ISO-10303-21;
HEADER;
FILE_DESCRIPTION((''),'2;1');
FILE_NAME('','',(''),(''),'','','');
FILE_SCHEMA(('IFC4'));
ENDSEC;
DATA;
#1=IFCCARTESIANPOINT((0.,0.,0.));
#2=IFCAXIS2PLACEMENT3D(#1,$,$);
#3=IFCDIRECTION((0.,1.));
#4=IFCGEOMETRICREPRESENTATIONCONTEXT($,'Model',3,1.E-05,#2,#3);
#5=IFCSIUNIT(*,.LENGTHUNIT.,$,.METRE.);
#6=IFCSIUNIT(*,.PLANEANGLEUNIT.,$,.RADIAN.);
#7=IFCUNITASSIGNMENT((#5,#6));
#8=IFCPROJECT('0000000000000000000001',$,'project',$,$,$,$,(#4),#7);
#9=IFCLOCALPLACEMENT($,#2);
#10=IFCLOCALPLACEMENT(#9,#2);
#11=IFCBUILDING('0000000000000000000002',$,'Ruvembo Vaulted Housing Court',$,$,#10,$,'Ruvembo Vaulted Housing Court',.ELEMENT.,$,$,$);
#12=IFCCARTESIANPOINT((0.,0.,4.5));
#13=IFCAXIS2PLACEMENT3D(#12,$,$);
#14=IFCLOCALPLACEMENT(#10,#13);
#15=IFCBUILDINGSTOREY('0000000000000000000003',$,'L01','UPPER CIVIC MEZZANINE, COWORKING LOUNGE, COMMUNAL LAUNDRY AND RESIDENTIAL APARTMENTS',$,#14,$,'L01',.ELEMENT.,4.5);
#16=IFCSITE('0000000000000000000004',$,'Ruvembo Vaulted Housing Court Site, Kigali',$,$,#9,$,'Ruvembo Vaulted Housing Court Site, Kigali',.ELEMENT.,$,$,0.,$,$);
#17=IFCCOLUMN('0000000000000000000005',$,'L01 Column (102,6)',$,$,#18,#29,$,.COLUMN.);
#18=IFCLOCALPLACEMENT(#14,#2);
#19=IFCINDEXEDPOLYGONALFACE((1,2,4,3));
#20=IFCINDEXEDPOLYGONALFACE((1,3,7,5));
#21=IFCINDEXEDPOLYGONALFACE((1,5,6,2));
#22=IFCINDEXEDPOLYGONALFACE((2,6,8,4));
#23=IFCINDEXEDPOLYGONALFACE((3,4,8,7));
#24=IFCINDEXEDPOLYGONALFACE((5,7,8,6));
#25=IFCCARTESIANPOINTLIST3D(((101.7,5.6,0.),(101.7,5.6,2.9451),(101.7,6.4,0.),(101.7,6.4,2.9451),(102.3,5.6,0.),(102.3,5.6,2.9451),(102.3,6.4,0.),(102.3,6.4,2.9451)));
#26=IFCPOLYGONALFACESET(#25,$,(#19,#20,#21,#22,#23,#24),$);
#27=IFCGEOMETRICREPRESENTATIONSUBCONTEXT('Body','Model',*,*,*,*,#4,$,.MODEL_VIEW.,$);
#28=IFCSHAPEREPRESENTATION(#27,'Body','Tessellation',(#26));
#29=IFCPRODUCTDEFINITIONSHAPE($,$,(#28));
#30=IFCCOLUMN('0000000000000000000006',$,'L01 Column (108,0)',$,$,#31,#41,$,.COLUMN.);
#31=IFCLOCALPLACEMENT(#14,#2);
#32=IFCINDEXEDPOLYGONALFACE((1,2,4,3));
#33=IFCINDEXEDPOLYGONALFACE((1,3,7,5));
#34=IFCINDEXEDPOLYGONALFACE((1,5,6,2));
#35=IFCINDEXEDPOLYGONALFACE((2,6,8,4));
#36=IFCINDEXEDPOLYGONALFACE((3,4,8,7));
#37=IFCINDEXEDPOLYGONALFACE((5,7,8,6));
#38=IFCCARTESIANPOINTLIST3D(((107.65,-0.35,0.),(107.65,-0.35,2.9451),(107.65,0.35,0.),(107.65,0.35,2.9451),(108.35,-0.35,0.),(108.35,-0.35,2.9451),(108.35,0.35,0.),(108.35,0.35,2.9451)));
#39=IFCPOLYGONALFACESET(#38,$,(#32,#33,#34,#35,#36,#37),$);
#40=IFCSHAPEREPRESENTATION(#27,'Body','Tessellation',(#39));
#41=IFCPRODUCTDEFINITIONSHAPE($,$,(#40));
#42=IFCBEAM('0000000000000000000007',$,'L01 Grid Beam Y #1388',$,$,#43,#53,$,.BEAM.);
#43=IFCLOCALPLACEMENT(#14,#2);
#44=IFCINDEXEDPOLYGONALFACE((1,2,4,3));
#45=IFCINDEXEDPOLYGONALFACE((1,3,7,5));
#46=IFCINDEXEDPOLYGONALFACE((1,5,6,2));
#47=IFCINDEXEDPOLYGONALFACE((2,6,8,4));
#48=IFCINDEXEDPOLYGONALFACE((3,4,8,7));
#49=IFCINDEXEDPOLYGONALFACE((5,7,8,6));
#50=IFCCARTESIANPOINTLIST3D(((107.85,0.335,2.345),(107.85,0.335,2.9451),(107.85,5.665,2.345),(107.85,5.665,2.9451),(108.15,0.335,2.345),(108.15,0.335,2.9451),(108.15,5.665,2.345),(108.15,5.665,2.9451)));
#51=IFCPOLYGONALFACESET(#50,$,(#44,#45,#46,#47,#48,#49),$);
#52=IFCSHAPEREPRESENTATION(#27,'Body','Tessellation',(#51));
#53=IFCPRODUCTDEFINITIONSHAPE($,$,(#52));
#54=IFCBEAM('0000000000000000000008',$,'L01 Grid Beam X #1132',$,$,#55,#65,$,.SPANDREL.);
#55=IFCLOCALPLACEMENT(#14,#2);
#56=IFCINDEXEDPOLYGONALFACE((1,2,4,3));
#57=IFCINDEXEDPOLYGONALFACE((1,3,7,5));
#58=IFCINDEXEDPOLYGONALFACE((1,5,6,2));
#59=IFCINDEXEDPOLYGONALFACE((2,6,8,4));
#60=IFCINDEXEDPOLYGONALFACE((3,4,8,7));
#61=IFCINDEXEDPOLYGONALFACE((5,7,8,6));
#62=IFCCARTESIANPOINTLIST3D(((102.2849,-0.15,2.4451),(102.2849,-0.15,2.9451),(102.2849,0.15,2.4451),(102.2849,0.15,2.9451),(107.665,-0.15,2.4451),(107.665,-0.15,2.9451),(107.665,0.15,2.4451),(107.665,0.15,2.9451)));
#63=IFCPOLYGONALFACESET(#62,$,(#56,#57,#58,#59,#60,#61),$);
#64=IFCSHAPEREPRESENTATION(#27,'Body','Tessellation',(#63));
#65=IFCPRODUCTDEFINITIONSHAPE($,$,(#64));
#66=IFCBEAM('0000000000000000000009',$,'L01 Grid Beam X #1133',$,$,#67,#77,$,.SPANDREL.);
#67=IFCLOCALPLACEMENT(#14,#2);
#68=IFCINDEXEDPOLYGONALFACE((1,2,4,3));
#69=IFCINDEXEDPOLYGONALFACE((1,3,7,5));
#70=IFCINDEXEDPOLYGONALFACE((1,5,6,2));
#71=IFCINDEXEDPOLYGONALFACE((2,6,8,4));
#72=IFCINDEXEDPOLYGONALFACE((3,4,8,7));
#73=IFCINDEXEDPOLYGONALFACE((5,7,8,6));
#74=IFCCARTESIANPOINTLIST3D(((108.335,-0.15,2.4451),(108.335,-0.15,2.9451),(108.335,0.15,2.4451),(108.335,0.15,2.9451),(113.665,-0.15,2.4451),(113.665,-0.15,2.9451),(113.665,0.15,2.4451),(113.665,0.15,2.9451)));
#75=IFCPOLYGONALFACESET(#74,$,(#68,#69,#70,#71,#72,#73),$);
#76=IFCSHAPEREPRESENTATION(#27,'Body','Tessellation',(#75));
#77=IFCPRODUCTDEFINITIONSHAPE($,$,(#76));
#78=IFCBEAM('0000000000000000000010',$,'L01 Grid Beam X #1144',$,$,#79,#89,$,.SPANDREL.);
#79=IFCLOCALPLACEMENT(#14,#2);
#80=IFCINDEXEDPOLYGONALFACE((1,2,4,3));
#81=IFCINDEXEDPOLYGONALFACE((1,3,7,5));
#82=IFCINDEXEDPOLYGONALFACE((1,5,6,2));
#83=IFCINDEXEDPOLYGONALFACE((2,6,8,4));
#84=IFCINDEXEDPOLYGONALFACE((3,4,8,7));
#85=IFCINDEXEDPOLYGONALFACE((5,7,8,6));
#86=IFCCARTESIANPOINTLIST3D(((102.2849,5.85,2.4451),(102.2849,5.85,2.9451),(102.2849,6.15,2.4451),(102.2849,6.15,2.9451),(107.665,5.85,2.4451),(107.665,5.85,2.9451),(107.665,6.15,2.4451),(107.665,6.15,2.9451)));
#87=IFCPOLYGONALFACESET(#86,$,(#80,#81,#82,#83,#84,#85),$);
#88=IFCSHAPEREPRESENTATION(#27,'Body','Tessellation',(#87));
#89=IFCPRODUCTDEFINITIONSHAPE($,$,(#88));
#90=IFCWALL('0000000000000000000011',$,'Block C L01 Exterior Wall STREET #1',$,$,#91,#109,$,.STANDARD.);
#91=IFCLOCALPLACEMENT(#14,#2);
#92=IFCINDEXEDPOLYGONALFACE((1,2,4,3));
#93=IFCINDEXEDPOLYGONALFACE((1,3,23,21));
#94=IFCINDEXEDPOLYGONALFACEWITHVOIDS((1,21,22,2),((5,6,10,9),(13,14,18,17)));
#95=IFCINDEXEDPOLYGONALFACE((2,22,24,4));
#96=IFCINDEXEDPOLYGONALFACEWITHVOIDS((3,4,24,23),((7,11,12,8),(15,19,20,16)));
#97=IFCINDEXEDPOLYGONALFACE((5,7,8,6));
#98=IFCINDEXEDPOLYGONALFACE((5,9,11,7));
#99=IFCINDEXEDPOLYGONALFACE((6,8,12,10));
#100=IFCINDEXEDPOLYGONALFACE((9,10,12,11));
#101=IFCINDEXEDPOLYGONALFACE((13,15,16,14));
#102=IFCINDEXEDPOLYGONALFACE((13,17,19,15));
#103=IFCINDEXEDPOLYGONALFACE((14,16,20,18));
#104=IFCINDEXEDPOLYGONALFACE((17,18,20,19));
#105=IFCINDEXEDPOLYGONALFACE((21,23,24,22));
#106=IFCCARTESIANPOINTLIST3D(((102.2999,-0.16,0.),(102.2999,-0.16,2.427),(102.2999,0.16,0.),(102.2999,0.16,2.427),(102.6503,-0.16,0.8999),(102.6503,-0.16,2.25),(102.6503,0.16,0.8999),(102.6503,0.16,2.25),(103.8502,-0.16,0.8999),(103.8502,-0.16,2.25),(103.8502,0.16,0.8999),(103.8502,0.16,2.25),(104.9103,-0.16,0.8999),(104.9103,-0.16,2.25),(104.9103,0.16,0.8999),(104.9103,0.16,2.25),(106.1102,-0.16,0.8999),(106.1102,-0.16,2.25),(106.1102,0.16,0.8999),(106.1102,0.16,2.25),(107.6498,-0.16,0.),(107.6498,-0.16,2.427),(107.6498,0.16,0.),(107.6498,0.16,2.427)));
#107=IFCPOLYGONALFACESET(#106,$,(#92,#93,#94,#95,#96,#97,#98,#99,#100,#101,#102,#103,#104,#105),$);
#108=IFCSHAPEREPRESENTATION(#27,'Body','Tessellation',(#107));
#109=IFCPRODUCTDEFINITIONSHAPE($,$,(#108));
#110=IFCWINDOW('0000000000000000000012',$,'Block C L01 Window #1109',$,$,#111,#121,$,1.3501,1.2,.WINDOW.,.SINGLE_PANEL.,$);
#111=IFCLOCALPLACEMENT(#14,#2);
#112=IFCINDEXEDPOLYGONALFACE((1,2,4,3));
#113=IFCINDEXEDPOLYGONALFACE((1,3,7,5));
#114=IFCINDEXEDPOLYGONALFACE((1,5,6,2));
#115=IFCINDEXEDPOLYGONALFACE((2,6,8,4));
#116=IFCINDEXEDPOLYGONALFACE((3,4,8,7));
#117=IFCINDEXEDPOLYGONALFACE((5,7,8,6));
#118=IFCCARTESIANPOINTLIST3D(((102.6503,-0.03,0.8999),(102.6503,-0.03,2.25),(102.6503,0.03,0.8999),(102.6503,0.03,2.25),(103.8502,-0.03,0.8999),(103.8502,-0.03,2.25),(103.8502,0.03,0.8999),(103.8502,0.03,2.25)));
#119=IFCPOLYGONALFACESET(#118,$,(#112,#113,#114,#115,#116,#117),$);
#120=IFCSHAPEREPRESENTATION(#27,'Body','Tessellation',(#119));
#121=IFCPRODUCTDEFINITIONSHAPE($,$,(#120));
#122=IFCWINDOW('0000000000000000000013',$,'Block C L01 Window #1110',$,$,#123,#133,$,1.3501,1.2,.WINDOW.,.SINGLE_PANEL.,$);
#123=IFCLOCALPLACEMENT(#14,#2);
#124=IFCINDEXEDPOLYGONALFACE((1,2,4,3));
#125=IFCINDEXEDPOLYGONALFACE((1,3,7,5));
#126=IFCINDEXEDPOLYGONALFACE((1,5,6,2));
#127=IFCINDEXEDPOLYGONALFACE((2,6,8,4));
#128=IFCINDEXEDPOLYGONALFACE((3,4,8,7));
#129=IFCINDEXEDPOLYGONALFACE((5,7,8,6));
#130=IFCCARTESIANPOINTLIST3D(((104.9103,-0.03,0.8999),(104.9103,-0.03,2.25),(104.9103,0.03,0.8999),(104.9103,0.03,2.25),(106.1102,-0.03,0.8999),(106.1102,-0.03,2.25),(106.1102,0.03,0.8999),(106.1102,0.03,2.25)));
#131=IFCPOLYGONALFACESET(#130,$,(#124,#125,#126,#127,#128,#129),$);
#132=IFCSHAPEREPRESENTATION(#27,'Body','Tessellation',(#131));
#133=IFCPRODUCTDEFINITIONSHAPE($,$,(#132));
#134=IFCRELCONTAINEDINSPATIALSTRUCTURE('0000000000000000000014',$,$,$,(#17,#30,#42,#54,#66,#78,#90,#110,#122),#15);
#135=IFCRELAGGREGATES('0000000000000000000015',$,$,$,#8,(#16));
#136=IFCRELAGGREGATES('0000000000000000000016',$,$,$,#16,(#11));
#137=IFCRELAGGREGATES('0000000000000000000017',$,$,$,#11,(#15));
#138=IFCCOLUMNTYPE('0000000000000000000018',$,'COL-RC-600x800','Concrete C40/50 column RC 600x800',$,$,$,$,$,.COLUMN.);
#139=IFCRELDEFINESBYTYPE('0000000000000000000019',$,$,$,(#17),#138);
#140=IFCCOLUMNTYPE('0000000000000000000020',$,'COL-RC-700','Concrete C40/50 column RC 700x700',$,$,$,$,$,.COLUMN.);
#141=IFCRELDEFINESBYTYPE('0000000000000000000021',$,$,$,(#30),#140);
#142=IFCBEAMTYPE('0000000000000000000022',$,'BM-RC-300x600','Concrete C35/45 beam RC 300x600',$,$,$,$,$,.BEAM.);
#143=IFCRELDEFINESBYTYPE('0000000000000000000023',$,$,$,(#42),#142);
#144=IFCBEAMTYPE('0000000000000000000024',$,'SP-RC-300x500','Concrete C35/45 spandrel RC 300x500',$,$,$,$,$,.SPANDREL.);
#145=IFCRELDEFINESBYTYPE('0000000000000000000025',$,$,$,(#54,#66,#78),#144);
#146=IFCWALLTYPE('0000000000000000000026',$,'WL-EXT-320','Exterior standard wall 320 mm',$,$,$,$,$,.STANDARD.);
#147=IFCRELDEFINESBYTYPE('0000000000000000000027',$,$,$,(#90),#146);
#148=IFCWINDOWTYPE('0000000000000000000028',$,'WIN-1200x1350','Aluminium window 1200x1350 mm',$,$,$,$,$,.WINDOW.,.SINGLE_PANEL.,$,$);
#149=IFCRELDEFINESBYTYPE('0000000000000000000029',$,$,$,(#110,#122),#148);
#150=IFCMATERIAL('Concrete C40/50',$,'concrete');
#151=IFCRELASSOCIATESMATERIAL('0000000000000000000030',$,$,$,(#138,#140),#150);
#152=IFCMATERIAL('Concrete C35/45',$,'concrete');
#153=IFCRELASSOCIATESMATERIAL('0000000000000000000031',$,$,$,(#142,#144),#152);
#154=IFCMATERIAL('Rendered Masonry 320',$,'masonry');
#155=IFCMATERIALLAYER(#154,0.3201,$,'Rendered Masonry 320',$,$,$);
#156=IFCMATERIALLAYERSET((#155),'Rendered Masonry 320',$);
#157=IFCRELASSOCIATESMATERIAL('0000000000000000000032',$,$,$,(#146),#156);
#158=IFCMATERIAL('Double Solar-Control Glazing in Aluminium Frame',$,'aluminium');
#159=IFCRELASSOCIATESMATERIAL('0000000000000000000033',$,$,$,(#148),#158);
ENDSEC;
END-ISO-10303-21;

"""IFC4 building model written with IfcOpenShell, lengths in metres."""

from ifc_helpers import new_model, si_unit, direction, frame, frame_2d, origin, origin_2d, place, context, subcontext, project, spatial, rectangle, extrude, material, layer, layer_set, material_profile, profile_set, type_object, element, fill, save


model = new_model("IFC4")

# Units and contexts
model_context = context("Model", 3, precision=1e-05, world=origin(), true_north=direction((0.0, 1.0)))
body_context = subcontext(model_context, "Body", "Model", "MODEL_VIEW")
ifc_project = project(units=[si_unit("LENGTHUNIT", "METRE"), si_unit("PLANEANGLEUNIT", "RADIAN")], contexts=[model_context])

# Site, building, storey
site_placement = place(None, origin())
site = spatial("IfcSite", under=ifc_project, at=site_placement, Name="Ruvembo Vaulted Housing Court Site, Kigali", LongName="Ruvembo Vaulted Housing Court Site, Kigali", CompositionType="ELEMENT", RefElevation=0.0)
building_placement = place(site_placement, origin())
building = spatial("IfcBuilding", under=site, at=building_placement, Name="Ruvembo Vaulted Housing Court", LongName="Ruvembo Vaulted Housing Court", CompositionType="ELEMENT")
storey_placement = place(building_placement, frame((0.0, 0.0, 4.5)))
storey = spatial("IfcBuildingStorey", under=building, at=storey_placement, Name="L01", Description="UPPER CIVIC MEZZANINE, COWORKING LOUNGE, COMMUNAL LAUNDRY AND RESIDENTIAL APARTMENTS", LongName="L01", CompositionType="ELEMENT", Elevation=4.5)

# Columns
ifc_material_1 = material(Name="Concrete C40/50", Category="concrete")
ifc_material_profile_1 = material_profile(ifc_material_1, rectangle(XDim=0.6001, YDim=0.8, at=origin_2d()), Name="RC 600x800")
ifc_profile_set_1 = profile_set([ifc_material_profile_1], Name="Concrete C40/50")
column_type_1 = type_object("IfcColumnType", Name="COL-RC-600x800", Description="Concrete C40/50 column RC 600x800", PredefinedType="COLUMN", material=ifc_profile_set_1)
column_1_placement = place(storey_placement, frame((102.0, 6.0, 0.0), z_axis=(0.0, 0.0, 1.0), x_axis=(1.0, 0.0, 0.0)))
element("IfcColumn", 1, at=column_1_placement, inside=storey, type_object=column_type_1, Name="L01 Column (102,6)", PredefinedType="COLUMN", context=body_context, shape_type="SweptSolid", body=[
    extrude(rectangle(XDim=0.6001, YDim=0.8, at=origin_2d()), origin(), (0.0, 0.0, 1.0), 2.9451),
])
ifc_material_profile_2 = material_profile(ifc_material_1, rectangle(XDim=0.7, YDim=0.7, at=origin_2d()), Name="RC 700x700")
ifc_profile_set_2 = profile_set([ifc_material_profile_2], Name="Concrete C40/50")
column_type_2 = type_object("IfcColumnType", Name="COL-RC-700", Description="Concrete C40/50 column RC 700x700", PredefinedType="COLUMN", material=ifc_profile_set_2)
column_2_placement = place(storey_placement, frame((108.0, 0.0, 0.0), z_axis=(0.0, 0.0, 1.0), x_axis=(1.0, 0.0, 0.0)))
element("IfcColumn", 2, at=column_2_placement, inside=storey, type_object=column_type_2, Name="L01 Column (108,0)", PredefinedType="COLUMN", context=body_context, shape_type="SweptSolid", body=[
    extrude(rectangle(XDim=0.7, YDim=0.7, at=origin_2d()), origin(), (0.0, 0.0, 1.0), 2.9451),
])

# Beams
ifc_material_2 = material(Name="Concrete C35/45", Category="concrete")
ifc_material_profile_3 = material_profile(ifc_material_2, rectangle(XDim=0.3, YDim=0.6001, at=origin_2d()), Name="RC 300x600")
ifc_profile_set_3 = profile_set([ifc_material_profile_3], Name="Concrete C35/45")
beam_type_1 = type_object("IfcBeamType", Name="BM-RC-300x600", Description="Concrete C35/45 beam RC 300x600", PredefinedType="BEAM", material=ifc_profile_set_3)
beam_1_placement = place(storey_placement, frame((108.0, 0.335, 2.645), z_axis=(0.0, 1.0, 0.0), x_axis=(-1.0, 0.0, 0.0)))
element("IfcBeam", 3, at=beam_1_placement, inside=storey, type_object=beam_type_1, Name="L01 Grid Beam Y #1388", PredefinedType="BEAM", context=body_context, shape_type="SweptSolid", body=[
    extrude(rectangle(XDim=0.3, YDim=0.6001, at=origin_2d()), origin(), (0.0, 0.0, 1.0), 5.3301),
])
ifc_material_profile_4 = material_profile(ifc_material_2, rectangle(XDim=0.3, YDim=0.5, at=origin_2d()), Name="RC 300x500")
ifc_profile_set_4 = profile_set([ifc_material_profile_4], Name="Concrete C35/45")
beam_type_2 = type_object("IfcBeamType", Name="SP-RC-300x500", Description="Concrete C35/45 spandrel RC 300x500", PredefinedType="SPANDREL", material=ifc_profile_set_4)
beam_2_placement = place(storey_placement, frame((102.2849, 0.0, 2.6951), z_axis=(1.0, 0.0, 0.0), x_axis=(0.0, 1.0, 0.0)))
element("IfcBeam", 4, at=beam_2_placement, inside=storey, type_object=beam_type_2, Name="L01 Grid Beam X #1132", PredefinedType="SPANDREL", context=body_context, shape_type="SweptSolid", body=[
    extrude(rectangle(XDim=0.3, YDim=0.5, at=origin_2d()), origin(), (0.0, 0.0, 1.0), 5.3801),
])
beam_3_placement = place(storey_placement, frame((108.335, 0.0, 2.6951), z_axis=(1.0, 0.0, 0.0), x_axis=(0.0, 1.0, 0.0)))
element("IfcBeam", 5, at=beam_3_placement, inside=storey, type_object=beam_type_2, Name="L01 Grid Beam X #1133", PredefinedType="SPANDREL", context=body_context, shape_type="SweptSolid", body=[
    extrude(rectangle(XDim=0.3, YDim=0.5, at=origin_2d()), origin(), (0.0, 0.0, 1.0), 5.3301),
])
beam_4_placement = place(storey_placement, frame((102.2849, 6.0, 2.6951), z_axis=(1.0, 0.0, 0.0), x_axis=(0.0, 1.0, 0.0)))
element("IfcBeam", 6, at=beam_4_placement, inside=storey, type_object=beam_type_2, Name="L01 Grid Beam X #1144", PredefinedType="SPANDREL", context=body_context, shape_type="SweptSolid", body=[
    extrude(rectangle(XDim=0.3, YDim=0.5, at=origin_2d()), origin(), (0.0, 0.0, 1.0), 5.3801),
])

# Wall, openings, windows
ifc_material_3 = material(Name="Rendered Masonry 320", Category="masonry")
ifc_layer_1 = layer(ifc_material_3, 0.3201, Name="Rendered Masonry 320")
ifc_layer_set_1 = layer_set([ifc_layer_1], Name="Rendered Masonry 320")
wall_type_1 = type_object("IfcWallType", Name="WL-EXT-320", Description="Exterior standard wall 320 mm", PredefinedType="STANDARD", material=ifc_layer_set_1)
wall_1_placement = place(storey_placement, frame((102.3, 0.0, 0.0), z_axis=(0.0, 0.0, 1.0), x_axis=(1.0, 0.0, 0.0)))
wall_1 = element("IfcWall", 7, at=wall_1_placement, inside=storey, type_object=wall_type_1, Name="Block C L01 Exterior Wall STREET #1", PredefinedType="STANDARD", context=body_context, shape_type="SweptSolid", body=[
    extrude(rectangle(XDim=5.3499, YDim=0.3201, at=frame_2d((2.6748, 0.0))), origin(), (0.0, 0.0, 1.0), 2.427),
])
opening_1_placement = place(wall_1_placement, frame((0.3501, 0.0, 0.8999)))
opening_1 = element("IfcOpeningElement", 8, at=opening_1_placement, cuts=wall_1, PredefinedType="OPENING", context=body_context, shape_type="SweptSolid", body=[
    extrude(rectangle(XDim=1.2, YDim=1.3501, at=frame_2d((0.6001, 0.675))), frame((0.0, 0.1699, 0.0), z_axis=(0.0, -1.0, 0.0), x_axis=(1.0, 0.0, 0.0)), (0.0, 0.0, 1.0), 0.3401),
])
opening_2_placement = place(wall_1_placement, frame((2.6101, 0.0, 0.8999)))
opening_2 = element("IfcOpeningElement", 9, at=opening_2_placement, cuts=wall_1, PredefinedType="OPENING", context=body_context, shape_type="SweptSolid", body=[
    extrude(rectangle(XDim=1.2, YDim=1.3501, at=frame_2d((0.6001, 0.675))), frame((0.0, 0.1699, 0.0), z_axis=(0.0, -1.0, 0.0), x_axis=(1.0, 0.0, 0.0)), (0.0, 0.0, 1.0), 0.3401),
])
ifc_material_4 = material(Name="Double Solar-Control Glazing in Aluminium Frame", Category="aluminium")
window_type_1 = type_object("IfcWindowType", Name="WIN-1200x1350", Description="Aluminium window 1200x1350 mm", PartitioningType="SINGLE_PANEL", PredefinedType="WINDOW", material=ifc_material_4)
window_1_placement = place(opening_1_placement, origin())
window_1 = element("IfcWindow", 10, at=window_1_placement, inside=storey, type_object=window_type_1, Name="Block C L01 Window #1109", OverallHeight=1.3501, OverallWidth=1.2, PartitioningType="SINGLE_PANEL", PredefinedType="WINDOW", context=body_context, shape_type="SweptSolid", body=[
    extrude(rectangle(XDim=1.2, YDim=1.3501, at=frame_2d((0.6001, 0.675))), frame((0.0, 0.03, 0.0), z_axis=(0.0, -1.0, 0.0), x_axis=(1.0, 0.0, 0.0)), (0.0, 0.0, 1.0), 0.0601),
])
fill(opening_1, window_1)
window_2_placement = place(opening_2_placement, origin())
window_2 = element("IfcWindow", 11, at=window_2_placement, inside=storey, type_object=window_type_1, Name="Block C L01 Window #1110", OverallHeight=1.3501, OverallWidth=1.2, PartitioningType="SINGLE_PANEL", PredefinedType="WINDOW", context=body_context, shape_type="SweptSolid", body=[
    extrude(rectangle(XDim=1.2, YDim=1.3501, at=frame_2d((0.6001, 0.675))), frame((0.0, 0.03, 0.0), z_axis=(0.0, -1.0, 0.0), x_axis=(1.0, 0.0, 0.0)), (0.0, 0.0, 1.0), 0.0601),
])
fill(opening_2, window_2)

save(model, "model.ifc")
